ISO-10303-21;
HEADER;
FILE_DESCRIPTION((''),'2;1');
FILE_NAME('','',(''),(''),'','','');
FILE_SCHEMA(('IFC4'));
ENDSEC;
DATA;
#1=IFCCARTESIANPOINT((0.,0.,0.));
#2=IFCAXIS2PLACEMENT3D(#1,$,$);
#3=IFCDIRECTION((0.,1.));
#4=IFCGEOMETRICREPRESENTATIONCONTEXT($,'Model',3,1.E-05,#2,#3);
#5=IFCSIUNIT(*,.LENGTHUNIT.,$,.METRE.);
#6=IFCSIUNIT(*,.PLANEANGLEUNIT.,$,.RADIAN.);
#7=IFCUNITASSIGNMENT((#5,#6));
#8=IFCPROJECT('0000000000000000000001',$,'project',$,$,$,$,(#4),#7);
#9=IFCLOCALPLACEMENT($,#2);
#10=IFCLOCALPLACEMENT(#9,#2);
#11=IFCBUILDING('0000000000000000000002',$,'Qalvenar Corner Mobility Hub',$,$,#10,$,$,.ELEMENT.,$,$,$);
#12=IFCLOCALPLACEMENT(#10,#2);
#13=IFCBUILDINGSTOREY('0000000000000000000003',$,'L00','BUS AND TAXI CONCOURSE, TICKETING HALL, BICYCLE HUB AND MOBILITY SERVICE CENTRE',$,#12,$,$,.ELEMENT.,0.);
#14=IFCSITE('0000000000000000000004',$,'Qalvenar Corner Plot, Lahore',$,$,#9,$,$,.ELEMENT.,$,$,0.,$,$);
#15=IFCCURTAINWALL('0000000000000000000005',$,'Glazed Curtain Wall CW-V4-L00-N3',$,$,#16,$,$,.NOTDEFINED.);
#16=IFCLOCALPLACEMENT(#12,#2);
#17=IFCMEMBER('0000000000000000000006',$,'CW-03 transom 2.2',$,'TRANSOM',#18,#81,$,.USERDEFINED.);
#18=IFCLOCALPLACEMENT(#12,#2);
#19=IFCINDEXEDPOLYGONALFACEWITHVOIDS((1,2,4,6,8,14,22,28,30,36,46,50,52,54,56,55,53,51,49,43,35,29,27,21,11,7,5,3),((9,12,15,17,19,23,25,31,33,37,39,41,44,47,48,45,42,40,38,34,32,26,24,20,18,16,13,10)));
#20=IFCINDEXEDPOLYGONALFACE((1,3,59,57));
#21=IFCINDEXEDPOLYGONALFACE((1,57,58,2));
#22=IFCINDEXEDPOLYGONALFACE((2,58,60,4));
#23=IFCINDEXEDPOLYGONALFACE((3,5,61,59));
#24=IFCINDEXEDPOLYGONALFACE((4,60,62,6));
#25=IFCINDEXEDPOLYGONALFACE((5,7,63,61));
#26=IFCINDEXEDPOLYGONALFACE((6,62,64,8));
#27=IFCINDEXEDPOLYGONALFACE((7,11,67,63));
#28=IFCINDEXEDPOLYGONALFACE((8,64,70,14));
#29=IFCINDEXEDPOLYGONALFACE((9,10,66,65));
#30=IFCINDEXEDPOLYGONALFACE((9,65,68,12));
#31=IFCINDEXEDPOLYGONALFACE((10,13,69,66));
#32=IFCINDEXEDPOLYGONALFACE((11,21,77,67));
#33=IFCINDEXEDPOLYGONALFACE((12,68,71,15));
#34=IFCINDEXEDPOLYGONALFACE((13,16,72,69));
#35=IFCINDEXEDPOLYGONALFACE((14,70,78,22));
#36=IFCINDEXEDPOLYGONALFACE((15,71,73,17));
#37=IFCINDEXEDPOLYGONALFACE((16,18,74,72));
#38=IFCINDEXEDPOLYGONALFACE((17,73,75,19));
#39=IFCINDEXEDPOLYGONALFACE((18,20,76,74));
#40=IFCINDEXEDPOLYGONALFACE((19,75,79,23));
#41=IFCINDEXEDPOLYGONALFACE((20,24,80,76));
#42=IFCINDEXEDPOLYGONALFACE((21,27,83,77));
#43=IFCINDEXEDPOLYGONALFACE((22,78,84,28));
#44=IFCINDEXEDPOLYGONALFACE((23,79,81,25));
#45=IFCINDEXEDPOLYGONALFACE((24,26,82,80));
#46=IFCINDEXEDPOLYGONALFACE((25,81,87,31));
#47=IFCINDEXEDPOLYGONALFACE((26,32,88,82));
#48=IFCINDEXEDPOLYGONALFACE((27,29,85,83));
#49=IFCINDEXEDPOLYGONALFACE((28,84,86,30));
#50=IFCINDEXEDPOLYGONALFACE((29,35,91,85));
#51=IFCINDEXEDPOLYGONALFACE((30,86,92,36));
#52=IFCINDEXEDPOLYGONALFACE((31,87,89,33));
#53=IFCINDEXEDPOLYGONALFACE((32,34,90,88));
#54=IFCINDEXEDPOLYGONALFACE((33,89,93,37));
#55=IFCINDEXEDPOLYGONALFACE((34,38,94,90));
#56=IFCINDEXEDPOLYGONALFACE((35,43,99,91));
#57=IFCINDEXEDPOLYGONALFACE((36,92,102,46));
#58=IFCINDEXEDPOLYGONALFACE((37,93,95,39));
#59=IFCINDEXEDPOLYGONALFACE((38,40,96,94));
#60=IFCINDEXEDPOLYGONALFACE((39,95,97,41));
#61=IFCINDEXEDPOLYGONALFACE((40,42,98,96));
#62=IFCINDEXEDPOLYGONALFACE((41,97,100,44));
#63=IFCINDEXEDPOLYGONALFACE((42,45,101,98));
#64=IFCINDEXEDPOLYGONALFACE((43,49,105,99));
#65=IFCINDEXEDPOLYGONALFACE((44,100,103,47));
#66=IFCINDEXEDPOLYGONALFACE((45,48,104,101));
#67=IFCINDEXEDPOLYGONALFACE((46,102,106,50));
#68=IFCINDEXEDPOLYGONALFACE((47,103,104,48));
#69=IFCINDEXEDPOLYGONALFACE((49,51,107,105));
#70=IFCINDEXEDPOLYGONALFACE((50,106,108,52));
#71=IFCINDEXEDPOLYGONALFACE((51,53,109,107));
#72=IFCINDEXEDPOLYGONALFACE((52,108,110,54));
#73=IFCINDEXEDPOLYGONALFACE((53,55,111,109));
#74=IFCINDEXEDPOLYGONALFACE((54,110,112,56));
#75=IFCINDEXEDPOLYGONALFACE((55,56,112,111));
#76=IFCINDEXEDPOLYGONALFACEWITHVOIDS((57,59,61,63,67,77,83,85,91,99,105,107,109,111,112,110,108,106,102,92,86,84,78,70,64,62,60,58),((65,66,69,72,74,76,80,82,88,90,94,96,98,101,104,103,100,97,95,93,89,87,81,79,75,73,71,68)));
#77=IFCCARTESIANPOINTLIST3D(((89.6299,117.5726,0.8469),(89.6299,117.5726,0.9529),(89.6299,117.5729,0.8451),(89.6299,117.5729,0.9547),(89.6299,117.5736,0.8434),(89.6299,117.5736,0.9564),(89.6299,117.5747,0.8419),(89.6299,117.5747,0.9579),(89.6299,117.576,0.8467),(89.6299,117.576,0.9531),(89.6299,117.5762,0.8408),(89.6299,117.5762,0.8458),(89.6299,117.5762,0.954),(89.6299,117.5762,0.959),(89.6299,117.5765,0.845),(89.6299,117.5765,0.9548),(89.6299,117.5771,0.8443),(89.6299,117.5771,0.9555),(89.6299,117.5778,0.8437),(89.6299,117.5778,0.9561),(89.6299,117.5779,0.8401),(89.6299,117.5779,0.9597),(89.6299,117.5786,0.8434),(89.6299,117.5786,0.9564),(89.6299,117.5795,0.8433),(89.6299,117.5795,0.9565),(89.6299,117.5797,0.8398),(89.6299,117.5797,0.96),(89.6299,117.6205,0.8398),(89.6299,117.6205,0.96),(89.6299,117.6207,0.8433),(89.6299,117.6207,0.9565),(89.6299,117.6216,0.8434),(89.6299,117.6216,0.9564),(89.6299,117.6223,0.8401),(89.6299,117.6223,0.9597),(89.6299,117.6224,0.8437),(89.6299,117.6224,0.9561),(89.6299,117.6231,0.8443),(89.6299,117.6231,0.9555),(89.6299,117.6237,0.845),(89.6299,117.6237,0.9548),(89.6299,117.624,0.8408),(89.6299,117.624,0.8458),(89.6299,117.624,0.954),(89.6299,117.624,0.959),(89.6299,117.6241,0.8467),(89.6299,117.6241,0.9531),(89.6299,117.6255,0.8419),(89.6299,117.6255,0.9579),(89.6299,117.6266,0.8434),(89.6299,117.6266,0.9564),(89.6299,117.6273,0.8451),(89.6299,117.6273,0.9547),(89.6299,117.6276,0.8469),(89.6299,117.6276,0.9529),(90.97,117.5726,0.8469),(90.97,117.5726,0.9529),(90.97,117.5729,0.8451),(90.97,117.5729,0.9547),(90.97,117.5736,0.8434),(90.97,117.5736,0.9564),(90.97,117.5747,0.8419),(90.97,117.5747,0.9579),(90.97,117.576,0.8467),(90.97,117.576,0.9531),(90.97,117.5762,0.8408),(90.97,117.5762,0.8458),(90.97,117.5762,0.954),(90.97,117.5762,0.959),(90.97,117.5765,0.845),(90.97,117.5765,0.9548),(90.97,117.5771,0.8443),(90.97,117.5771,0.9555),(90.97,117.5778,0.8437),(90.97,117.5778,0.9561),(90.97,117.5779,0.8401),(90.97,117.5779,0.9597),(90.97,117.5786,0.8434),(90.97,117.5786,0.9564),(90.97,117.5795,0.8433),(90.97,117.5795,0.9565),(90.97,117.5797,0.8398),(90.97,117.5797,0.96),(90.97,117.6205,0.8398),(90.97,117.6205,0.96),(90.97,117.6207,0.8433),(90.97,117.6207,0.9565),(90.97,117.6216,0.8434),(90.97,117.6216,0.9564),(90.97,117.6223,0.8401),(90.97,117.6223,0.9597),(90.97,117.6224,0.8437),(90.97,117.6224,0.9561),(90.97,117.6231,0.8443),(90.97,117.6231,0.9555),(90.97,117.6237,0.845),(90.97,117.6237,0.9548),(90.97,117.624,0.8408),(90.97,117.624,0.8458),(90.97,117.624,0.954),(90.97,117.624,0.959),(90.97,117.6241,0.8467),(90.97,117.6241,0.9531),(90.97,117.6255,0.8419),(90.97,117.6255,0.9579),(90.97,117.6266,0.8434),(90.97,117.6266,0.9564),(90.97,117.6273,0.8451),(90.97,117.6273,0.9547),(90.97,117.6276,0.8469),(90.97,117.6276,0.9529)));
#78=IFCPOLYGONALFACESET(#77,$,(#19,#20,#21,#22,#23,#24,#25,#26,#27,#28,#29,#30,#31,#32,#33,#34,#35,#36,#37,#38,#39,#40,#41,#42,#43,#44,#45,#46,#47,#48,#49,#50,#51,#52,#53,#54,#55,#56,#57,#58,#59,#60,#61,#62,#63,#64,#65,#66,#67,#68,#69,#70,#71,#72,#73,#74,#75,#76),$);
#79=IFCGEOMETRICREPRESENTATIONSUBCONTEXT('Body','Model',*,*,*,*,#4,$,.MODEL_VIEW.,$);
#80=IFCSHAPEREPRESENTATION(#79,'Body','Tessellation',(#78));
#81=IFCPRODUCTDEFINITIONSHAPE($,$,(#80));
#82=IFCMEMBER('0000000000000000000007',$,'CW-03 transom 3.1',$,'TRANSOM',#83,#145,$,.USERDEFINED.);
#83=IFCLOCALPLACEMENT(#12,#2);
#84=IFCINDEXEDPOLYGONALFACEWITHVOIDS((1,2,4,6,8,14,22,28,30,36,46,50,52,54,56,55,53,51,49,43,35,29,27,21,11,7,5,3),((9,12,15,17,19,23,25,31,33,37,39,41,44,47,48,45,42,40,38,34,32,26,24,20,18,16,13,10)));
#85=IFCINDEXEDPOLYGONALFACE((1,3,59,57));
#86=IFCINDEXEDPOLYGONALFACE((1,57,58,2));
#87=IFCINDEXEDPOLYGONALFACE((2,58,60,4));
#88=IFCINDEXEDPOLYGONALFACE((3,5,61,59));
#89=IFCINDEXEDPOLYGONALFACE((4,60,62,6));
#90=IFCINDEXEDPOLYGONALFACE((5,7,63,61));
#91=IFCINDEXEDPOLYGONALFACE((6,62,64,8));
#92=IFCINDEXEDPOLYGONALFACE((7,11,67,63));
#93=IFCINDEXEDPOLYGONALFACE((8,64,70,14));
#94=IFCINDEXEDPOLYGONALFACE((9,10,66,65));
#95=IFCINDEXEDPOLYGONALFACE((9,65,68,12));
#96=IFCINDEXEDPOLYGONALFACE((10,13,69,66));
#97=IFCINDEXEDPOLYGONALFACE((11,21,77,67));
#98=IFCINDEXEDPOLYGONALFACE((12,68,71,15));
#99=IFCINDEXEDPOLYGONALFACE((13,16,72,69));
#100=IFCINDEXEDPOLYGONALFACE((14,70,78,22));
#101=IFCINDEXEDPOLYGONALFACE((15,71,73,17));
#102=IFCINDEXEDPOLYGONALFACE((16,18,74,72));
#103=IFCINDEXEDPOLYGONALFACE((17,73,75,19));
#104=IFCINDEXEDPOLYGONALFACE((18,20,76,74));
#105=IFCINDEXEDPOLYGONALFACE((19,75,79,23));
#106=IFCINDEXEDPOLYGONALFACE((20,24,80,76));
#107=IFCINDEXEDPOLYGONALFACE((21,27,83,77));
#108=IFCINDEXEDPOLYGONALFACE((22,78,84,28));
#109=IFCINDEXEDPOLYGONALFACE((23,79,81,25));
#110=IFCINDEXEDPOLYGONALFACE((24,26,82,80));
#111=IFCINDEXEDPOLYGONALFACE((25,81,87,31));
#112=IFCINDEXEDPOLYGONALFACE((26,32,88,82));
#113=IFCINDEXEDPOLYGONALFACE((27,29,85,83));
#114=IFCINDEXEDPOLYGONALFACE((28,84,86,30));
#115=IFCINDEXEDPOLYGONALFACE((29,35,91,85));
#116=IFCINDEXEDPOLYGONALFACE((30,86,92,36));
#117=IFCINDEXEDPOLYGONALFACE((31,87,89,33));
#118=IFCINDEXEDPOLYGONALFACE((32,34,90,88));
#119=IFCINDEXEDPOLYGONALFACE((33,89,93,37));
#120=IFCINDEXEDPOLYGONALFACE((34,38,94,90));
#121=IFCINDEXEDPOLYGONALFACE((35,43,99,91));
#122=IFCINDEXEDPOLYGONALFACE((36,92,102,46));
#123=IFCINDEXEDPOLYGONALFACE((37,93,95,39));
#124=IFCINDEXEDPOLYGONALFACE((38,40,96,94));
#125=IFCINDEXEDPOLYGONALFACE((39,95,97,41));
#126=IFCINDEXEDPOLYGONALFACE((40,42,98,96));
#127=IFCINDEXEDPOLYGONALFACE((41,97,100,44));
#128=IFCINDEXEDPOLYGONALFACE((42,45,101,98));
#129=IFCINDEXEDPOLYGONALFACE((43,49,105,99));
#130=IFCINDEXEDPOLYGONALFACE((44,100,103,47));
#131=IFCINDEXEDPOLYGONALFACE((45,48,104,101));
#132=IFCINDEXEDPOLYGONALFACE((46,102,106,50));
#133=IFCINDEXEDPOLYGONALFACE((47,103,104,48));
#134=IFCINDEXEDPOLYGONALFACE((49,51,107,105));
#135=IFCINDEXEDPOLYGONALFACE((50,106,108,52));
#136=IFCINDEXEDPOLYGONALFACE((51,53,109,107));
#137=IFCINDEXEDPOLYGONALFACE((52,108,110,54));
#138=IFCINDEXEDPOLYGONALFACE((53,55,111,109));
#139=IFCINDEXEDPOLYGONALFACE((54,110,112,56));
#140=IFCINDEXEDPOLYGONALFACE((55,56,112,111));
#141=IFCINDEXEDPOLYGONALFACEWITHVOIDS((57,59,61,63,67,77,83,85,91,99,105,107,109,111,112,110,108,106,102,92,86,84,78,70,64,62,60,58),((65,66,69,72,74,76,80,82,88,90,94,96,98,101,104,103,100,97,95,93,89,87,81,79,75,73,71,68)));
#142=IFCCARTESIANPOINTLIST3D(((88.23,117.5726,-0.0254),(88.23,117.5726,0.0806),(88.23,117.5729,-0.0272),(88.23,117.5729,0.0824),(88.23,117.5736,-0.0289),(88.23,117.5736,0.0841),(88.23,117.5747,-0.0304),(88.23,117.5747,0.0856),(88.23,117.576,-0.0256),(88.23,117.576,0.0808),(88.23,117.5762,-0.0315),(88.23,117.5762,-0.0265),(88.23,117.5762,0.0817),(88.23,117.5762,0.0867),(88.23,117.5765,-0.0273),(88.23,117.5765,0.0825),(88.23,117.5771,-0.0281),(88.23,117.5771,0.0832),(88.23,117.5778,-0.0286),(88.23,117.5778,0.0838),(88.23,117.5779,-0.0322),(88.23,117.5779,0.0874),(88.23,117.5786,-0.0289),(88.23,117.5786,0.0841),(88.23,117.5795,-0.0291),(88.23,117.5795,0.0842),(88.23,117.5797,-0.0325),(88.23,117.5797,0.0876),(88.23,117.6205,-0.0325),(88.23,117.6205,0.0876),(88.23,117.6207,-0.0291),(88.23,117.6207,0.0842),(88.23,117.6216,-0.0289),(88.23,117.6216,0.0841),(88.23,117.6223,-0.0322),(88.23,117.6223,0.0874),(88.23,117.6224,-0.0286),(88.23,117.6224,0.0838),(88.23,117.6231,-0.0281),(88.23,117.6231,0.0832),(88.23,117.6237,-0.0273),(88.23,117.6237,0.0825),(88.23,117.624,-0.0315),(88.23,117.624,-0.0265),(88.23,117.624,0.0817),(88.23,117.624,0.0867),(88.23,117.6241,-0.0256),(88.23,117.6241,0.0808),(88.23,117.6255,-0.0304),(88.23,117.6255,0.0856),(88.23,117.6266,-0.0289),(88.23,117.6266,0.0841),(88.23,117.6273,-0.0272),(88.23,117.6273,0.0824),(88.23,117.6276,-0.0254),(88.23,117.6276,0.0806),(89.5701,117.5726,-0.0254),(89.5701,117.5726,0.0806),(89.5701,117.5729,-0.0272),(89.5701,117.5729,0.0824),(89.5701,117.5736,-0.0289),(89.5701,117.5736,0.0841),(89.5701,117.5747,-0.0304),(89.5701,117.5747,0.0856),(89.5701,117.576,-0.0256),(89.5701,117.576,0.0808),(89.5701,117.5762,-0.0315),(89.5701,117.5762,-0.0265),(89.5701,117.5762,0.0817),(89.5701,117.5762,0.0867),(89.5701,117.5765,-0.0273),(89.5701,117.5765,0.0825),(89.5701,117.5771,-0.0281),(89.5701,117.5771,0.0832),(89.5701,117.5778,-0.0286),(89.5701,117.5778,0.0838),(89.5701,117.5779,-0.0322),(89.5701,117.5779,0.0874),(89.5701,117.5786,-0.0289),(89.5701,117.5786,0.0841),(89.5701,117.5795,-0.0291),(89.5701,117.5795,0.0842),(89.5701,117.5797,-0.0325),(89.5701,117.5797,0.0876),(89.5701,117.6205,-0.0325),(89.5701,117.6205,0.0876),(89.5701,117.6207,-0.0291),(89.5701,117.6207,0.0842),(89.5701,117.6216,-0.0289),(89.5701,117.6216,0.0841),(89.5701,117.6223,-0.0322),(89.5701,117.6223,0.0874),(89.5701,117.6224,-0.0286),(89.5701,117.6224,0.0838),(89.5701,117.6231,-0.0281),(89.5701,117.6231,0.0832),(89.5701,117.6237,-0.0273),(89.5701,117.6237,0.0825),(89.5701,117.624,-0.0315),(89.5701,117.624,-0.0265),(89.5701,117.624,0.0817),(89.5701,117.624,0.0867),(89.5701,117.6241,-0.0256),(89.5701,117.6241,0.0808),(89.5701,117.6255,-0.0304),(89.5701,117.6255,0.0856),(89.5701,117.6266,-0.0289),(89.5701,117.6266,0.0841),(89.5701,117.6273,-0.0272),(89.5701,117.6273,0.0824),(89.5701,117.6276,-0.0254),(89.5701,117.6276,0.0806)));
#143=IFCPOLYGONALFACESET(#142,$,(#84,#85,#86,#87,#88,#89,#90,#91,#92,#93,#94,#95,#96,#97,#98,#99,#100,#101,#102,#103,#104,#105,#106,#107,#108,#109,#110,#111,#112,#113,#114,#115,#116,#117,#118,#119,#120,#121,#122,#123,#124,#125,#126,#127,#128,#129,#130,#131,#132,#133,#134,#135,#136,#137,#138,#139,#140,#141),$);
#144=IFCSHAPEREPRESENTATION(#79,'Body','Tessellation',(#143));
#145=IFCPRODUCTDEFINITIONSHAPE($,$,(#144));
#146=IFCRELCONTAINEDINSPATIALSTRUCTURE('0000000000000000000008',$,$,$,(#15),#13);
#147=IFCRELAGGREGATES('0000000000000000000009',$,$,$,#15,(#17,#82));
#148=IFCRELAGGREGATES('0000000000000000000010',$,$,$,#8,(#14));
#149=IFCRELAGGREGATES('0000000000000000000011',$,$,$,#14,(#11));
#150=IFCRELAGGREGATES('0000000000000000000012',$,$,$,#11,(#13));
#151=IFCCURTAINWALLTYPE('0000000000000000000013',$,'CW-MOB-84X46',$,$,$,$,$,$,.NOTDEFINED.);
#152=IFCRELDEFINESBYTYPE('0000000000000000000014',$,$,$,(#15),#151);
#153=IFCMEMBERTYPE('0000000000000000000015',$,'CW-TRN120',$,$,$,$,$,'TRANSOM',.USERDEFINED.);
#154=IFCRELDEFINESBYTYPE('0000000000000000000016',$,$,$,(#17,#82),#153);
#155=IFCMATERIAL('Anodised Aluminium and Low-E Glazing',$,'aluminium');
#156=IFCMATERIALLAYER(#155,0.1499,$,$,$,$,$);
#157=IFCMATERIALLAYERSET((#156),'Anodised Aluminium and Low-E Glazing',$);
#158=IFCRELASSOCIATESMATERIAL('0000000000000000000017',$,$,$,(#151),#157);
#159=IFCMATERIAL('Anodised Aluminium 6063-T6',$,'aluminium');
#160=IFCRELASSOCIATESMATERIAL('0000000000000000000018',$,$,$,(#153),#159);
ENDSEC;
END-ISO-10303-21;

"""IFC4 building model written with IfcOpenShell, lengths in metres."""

from ifc_helpers import new_model, si_unit, direction, frame, origin, origin_2d, place, context, subcontext, project, spatial, hollow_rectangle, extrude, material, layer, layer_set, material_profile, profile_set, type_object, element, aggregate, save


model = new_model("IFC4")

# Units and contexts
model_context = context("Model", 3, precision=1e-05, world=origin(), true_north=direction((0.0, 1.0)))
body_context = subcontext(model_context, "Body", "Model", "MODEL_VIEW")
ifc_project = project(units=[si_unit("LENGTHUNIT", "METRE"), si_unit("PLANEANGLEUNIT", "RADIAN")], contexts=[model_context])

# Site, building, storey
site_placement = place(None, origin())
site = spatial("IfcSite", under=ifc_project, at=site_placement, Name="Qalvenar Corner Plot, Lahore", CompositionType="ELEMENT", RefElevation=0.0)
building_placement = place(site_placement, origin())
building = spatial("IfcBuilding", under=site, at=building_placement, Name="Qalvenar Corner Mobility Hub", CompositionType="ELEMENT")
storey_placement = place(building_placement, origin())
storey = spatial("IfcBuildingStorey", under=building, at=storey_placement, Name="L00", Description="BUS AND TAXI CONCOURSE, TICKETING HALL, BICYCLE HUB AND MOBILITY SERVICE CENTRE", CompositionType="ELEMENT", Elevation=0.0)

# Curtain wall, members
ifc_material_1 = material(Name="Anodised Aluminium and Low-E Glazing", Category="aluminium")
ifc_layer_1 = layer(ifc_material_1, 0.1499)
ifc_layer_set_1 = layer_set([ifc_layer_1], Name="Anodised Aluminium and Low-E Glazing")
curtain_wall_type = type_object("IfcCurtainWallType", Name="CW-MOB-84X46", PredefinedType="NOTDEFINED", material=ifc_layer_set_1)
curtain_wall_placement = place(storey_placement, origin())
curtain_wall = element("IfcCurtainWall", 1, at=curtain_wall_placement, inside=storey, type_object=curtain_wall_type, Name="Glazed Curtain Wall CW-V4-L00-N3", PredefinedType="NOTDEFINED")
ifc_material_2 = material(Name="Anodised Aluminium 6063-T6", Category="aluminium")
ifc_material_profile_1 = material_profile(ifc_material_2, hollow_rectangle(XDim=0.0549, YDim=0.1201, WallThickness=0.0034, InnerFilletRadius=0.0034, OuterFilletRadius=0.0071, at=origin_2d()), Name="RHS120x55x3.5")
ifc_profile_set_1 = profile_set([ifc_material_profile_1], Name="Anodised Aluminium 6063-T6")
member_type_1 = type_object("IfcMemberType", Name="CW-TRN120", ElementType="TRANSOM", PredefinedType="USERDEFINED", material=ifc_profile_set_1)
member_1_placement = place(storey_placement, frame((90.97, 117.6001, 0.8999), z_axis=(-1.0, 0.0, 0.0), x_axis=(0.0, -1.0, 0.0)))
member_1 = element("IfcMember", 2, at=member_1_placement, type_object=member_type_1, Name="CW-03 transom 2.2", ObjectType="TRANSOM", PredefinedType="USERDEFINED", context=body_context, shape_type="SweptSolid", body=[
    extrude(hollow_rectangle(XDim=0.0549, YDim=0.1201, WallThickness=0.0034, InnerFilletRadius=0.0034, OuterFilletRadius=0.0071, at=origin_2d()), origin(), (0.0, 0.0, 1.0), 1.3401),
])
member_2_placement = place(storey_placement, frame((89.5701, 117.6001, 0.0276), z_axis=(-1.0, 0.0, 0.0), x_axis=(0.0, -1.0, 0.0)))
member_2 = element("IfcMember", 3, at=member_2_placement, type_object=member_type_1, Name="CW-03 transom 3.1", ObjectType="TRANSOM", PredefinedType="USERDEFINED", context=body_context, shape_type="SweptSolid", body=[
    extrude(hollow_rectangle(XDim=0.0549, YDim=0.1201, WallThickness=0.0034, InnerFilletRadius=0.0034, OuterFilletRadius=0.0071, at=origin_2d()), origin(), (0.0, 0.0, 1.0), 1.3401),
])
aggregate(curtain_wall, [member_1, member_2])

save(model, "model.ifc")
